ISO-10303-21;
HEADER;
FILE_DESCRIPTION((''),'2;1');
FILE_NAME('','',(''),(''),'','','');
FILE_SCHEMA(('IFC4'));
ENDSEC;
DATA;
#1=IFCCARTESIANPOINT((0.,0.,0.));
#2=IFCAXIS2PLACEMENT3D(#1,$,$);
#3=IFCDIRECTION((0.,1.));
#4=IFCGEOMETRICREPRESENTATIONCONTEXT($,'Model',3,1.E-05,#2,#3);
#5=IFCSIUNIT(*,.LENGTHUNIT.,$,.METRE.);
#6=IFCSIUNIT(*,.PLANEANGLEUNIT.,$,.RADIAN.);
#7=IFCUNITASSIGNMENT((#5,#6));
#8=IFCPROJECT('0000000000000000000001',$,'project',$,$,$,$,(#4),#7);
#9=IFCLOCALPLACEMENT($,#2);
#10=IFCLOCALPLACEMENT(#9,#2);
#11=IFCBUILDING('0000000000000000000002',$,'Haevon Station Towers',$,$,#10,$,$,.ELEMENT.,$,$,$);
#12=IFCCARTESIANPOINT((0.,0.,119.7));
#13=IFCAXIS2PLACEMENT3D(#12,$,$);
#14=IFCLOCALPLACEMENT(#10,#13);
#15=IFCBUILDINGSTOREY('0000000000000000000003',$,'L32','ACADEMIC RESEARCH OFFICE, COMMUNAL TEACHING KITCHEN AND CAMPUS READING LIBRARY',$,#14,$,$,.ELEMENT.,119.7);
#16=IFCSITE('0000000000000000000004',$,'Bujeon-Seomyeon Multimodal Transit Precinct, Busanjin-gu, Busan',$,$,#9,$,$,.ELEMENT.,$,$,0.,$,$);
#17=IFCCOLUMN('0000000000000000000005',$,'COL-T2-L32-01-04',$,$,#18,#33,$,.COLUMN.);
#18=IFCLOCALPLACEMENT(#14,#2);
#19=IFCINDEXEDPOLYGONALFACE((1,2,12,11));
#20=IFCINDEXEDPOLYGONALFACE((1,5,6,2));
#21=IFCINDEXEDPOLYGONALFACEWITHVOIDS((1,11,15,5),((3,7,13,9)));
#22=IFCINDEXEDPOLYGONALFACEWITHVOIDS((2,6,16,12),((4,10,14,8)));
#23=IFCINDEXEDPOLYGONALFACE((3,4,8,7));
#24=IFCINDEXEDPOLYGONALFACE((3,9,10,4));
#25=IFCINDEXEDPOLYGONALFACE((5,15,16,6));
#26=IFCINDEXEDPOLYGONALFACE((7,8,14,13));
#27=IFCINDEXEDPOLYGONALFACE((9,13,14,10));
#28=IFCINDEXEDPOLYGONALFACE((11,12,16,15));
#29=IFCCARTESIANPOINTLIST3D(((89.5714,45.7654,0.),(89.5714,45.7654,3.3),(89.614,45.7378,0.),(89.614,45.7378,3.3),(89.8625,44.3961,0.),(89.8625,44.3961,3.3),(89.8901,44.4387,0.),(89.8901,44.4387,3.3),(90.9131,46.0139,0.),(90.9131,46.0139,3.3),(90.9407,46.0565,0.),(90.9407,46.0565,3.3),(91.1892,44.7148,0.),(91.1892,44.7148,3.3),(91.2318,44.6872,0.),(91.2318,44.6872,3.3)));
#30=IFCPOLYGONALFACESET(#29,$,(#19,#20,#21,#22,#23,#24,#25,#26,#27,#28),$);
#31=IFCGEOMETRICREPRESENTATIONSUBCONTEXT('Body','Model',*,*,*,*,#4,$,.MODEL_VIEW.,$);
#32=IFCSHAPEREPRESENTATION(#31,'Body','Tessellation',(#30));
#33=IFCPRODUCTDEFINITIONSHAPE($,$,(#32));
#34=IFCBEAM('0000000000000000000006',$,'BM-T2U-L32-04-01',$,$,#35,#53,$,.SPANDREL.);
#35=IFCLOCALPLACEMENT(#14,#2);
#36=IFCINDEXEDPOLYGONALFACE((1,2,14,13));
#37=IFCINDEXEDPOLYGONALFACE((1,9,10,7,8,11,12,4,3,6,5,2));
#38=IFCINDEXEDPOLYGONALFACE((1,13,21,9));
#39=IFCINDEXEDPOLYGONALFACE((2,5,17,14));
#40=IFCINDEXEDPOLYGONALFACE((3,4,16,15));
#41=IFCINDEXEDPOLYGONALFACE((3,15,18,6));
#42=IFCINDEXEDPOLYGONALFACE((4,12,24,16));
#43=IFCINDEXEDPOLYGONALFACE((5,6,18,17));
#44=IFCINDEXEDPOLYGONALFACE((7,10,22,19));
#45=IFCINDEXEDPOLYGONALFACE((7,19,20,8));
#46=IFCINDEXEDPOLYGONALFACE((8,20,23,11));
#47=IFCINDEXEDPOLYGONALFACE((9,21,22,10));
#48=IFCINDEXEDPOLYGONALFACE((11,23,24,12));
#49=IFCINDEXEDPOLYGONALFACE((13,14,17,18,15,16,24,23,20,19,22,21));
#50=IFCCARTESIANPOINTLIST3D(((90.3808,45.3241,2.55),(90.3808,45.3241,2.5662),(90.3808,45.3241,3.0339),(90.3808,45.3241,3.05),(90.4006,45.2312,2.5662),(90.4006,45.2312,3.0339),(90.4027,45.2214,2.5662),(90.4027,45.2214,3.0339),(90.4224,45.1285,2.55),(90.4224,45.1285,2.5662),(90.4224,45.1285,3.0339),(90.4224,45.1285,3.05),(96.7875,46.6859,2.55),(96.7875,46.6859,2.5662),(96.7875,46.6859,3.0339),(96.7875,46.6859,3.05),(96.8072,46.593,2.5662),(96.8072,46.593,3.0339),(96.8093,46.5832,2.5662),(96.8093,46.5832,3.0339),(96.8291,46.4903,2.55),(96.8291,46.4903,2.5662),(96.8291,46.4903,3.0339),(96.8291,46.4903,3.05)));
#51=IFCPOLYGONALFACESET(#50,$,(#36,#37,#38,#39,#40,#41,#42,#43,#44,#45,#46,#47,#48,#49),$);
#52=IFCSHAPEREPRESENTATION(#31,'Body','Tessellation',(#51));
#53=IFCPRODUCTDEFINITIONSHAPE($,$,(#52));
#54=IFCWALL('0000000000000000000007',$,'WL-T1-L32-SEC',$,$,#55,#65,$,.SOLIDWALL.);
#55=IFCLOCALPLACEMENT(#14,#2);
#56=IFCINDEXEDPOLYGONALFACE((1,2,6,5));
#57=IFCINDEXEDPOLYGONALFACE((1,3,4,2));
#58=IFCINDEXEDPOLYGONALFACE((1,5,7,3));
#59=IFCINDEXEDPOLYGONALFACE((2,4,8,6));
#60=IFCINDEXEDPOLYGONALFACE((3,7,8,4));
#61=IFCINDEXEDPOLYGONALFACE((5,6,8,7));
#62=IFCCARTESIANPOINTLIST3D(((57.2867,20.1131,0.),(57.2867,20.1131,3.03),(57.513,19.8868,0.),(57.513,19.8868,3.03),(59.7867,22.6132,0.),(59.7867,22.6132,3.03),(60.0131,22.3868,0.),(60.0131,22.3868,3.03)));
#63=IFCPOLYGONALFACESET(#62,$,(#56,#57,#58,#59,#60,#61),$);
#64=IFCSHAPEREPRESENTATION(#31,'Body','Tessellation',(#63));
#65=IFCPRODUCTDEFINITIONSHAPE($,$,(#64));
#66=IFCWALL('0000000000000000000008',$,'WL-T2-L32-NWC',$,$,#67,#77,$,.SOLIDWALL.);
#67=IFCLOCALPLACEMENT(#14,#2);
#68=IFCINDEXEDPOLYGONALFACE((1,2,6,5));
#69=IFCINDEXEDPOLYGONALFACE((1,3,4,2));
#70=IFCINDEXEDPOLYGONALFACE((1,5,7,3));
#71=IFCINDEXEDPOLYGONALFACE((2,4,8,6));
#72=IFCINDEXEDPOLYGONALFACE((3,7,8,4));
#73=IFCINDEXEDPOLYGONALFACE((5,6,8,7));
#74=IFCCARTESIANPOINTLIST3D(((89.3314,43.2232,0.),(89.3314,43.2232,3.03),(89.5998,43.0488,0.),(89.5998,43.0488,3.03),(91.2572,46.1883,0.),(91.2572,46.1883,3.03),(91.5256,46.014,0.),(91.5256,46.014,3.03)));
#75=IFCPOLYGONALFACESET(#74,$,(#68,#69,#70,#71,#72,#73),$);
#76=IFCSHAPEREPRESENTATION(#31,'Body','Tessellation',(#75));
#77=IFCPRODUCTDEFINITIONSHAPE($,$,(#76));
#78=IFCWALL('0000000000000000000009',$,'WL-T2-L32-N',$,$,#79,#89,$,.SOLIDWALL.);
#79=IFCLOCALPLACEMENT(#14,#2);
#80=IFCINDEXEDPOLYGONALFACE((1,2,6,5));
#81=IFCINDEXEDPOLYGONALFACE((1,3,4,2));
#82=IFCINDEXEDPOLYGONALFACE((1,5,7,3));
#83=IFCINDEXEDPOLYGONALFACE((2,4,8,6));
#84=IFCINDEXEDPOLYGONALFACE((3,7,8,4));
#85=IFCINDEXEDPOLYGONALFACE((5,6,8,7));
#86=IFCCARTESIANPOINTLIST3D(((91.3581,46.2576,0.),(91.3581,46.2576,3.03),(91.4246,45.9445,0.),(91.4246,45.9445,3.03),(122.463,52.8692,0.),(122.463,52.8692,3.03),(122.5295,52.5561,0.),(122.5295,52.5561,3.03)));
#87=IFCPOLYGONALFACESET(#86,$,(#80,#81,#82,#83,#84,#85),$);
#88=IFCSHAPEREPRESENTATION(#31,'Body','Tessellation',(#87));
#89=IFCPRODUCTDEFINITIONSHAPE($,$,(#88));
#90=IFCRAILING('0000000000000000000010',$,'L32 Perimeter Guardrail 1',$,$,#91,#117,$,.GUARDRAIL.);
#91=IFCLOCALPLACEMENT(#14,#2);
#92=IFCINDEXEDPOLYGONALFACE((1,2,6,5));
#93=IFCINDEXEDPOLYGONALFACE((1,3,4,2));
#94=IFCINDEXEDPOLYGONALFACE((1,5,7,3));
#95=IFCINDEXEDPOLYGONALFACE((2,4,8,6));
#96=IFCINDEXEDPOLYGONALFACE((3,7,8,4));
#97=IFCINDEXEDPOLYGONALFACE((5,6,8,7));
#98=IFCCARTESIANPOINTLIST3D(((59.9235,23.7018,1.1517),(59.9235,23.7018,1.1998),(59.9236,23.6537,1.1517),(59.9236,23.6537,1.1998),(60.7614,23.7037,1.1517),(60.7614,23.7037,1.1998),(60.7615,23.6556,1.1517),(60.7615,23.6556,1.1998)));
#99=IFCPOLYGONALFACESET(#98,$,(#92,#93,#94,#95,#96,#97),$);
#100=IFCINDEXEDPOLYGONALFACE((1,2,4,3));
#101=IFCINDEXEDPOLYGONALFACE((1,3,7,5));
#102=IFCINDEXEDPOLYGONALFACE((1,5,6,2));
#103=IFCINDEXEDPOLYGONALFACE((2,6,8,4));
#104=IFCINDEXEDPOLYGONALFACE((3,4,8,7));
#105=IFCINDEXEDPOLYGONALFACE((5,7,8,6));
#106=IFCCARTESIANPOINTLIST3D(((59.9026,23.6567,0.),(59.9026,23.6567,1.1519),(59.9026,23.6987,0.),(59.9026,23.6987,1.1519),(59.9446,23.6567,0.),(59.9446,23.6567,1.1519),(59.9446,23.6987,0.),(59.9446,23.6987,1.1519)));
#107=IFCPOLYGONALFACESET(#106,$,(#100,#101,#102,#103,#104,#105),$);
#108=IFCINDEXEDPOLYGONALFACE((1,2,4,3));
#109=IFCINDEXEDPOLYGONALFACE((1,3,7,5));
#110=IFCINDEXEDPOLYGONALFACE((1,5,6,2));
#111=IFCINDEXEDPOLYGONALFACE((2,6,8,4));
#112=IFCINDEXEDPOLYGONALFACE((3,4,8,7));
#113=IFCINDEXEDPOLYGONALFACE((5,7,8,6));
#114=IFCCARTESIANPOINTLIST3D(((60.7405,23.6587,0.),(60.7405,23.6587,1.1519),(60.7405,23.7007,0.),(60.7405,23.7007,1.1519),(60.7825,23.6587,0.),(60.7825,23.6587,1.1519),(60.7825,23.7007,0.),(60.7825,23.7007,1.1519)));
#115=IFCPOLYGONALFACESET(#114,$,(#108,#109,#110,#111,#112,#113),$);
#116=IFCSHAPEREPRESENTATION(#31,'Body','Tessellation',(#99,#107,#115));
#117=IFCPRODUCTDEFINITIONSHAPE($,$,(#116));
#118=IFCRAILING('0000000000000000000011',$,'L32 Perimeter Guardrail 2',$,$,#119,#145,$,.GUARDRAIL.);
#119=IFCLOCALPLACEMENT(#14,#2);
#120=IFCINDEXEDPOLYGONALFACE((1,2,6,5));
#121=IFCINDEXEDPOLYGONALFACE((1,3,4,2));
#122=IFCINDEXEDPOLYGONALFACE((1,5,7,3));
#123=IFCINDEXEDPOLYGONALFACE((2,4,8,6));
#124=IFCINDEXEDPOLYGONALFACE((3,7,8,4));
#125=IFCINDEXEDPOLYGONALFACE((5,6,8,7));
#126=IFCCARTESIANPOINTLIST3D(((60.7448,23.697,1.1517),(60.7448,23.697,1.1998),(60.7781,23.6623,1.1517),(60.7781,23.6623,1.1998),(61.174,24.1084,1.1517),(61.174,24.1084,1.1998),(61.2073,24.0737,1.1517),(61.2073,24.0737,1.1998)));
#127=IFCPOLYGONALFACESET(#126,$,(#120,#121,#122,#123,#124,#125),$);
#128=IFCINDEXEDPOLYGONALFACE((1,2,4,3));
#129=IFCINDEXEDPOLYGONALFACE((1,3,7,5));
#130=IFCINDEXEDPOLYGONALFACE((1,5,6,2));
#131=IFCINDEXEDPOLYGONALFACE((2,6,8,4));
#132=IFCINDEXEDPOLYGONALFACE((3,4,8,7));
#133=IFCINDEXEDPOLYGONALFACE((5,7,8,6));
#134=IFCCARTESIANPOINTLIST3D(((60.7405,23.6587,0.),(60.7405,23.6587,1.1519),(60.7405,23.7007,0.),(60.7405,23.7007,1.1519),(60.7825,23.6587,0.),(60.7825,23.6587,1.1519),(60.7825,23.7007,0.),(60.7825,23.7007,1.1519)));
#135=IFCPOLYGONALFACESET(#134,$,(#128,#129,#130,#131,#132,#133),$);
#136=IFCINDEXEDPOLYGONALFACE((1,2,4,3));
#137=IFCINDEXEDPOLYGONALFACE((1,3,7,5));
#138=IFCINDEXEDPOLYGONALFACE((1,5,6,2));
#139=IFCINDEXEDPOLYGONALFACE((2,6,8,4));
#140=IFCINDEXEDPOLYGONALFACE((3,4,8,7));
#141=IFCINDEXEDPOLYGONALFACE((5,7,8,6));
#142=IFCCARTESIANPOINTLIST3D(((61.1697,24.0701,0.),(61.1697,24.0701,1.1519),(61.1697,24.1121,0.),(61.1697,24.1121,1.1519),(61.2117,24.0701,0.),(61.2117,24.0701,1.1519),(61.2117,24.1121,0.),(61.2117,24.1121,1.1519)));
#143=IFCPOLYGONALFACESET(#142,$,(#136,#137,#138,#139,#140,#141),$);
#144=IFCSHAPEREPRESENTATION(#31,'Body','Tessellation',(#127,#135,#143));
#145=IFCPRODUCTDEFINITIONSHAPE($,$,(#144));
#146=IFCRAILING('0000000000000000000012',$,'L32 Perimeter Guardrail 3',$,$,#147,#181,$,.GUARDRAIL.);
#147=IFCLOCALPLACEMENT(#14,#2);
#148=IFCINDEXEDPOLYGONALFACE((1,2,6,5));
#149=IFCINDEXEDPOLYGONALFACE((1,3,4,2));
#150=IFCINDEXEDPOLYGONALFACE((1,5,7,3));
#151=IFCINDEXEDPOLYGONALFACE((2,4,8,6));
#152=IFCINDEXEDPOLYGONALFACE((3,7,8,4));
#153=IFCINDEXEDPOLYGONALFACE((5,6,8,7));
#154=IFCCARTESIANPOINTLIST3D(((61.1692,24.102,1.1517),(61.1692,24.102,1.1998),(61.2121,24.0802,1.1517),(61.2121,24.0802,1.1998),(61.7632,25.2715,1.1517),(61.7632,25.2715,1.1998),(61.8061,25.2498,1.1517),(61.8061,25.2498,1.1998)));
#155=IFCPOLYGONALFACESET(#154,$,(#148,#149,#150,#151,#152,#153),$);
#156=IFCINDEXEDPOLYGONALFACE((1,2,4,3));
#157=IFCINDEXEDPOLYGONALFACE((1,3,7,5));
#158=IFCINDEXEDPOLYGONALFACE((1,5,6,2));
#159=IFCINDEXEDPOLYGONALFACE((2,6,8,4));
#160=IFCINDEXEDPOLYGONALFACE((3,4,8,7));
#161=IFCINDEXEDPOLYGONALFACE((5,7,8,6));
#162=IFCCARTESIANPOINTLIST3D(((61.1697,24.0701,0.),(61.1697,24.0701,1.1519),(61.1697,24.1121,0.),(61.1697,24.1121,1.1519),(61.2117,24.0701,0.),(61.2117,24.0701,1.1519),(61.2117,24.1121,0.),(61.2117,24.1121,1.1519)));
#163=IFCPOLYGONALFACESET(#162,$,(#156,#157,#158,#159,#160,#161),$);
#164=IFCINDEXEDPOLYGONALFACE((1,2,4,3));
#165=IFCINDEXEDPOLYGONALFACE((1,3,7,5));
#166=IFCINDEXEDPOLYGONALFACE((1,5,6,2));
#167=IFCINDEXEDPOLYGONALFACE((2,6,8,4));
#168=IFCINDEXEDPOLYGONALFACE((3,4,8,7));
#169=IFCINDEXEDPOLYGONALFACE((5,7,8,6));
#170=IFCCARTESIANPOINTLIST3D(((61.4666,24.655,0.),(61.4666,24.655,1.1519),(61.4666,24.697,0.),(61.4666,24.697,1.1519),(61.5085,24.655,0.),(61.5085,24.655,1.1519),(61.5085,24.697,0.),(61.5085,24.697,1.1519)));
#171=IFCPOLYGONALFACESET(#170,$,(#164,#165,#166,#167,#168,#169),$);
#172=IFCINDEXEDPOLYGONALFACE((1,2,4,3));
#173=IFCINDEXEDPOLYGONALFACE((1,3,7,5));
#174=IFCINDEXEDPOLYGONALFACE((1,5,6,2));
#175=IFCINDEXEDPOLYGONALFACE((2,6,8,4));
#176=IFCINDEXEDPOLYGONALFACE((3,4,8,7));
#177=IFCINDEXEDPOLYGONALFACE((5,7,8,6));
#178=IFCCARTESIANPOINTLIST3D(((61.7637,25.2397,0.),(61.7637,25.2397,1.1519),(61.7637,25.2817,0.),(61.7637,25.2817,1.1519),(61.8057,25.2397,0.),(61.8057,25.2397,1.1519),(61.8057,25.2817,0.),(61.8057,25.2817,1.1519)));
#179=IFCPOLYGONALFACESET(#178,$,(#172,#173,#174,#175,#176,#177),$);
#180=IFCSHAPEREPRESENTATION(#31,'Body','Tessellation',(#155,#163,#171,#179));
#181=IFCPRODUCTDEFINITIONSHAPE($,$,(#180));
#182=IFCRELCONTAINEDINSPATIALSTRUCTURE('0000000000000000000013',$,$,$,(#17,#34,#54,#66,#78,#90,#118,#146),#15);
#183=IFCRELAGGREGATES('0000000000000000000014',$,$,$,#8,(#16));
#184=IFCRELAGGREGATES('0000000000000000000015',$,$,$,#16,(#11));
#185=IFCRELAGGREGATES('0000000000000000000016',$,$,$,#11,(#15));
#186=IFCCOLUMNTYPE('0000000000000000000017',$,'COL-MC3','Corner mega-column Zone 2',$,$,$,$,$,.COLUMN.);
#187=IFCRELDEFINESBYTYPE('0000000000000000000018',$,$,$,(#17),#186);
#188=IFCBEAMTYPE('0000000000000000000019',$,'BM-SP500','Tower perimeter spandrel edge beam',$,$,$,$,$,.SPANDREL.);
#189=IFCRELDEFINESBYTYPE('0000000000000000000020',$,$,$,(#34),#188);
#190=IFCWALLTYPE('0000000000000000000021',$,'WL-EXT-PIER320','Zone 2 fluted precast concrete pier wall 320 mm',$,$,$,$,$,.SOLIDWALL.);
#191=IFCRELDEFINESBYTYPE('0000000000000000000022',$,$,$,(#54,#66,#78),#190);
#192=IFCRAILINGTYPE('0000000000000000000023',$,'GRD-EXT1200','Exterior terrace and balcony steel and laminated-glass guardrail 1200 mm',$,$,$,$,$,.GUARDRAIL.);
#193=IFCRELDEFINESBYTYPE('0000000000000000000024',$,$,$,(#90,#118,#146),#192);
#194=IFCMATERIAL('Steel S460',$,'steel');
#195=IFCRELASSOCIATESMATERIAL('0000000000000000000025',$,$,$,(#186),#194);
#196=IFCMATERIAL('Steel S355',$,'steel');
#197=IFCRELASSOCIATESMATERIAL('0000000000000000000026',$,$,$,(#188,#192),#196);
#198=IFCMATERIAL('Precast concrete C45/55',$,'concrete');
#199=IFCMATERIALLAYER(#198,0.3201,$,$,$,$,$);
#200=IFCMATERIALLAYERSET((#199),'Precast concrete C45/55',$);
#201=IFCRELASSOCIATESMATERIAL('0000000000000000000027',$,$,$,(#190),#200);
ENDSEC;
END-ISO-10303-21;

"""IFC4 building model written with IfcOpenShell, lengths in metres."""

from ifc_helpers import new_model, si_unit, direction, frame, frame_2d, origin, origin_2d, place, context, subcontext, project, spatial, rectangle, hollow_rectangle, i_section, extrude, material, layer, layer_set, material_profile, profile_set, type_object, element, save


model = new_model("IFC4")

# Units and contexts
model_context = context("Model", 3, precision=1e-05, world=origin(), true_north=direction((0.0, 1.0)))
body_context = subcontext(model_context, "Body", "Model", "MODEL_VIEW")
ifc_project = project(units=[si_unit("LENGTHUNIT", "METRE"), si_unit("PLANEANGLEUNIT", "RADIAN")], contexts=[model_context])

# Site, building, storey
site_placement = place(None, origin())
site = spatial("IfcSite", under=ifc_project, at=site_placement, Name="Bujeon-Seomyeon Multimodal Transit Precinct, Busanjin-gu, Busan", CompositionType="ELEMENT", RefElevation=0.0)
building_placement = place(site_placement, origin())
building = spatial("IfcBuilding", under=site, at=building_placement, Name="Haevon Station Towers", CompositionType="ELEMENT")
storey_placement = place(building_placement, frame((0.0, 0.0, 119.7)))
storey = spatial("IfcBuildingStorey", under=building, at=storey_placement, Name="L32", Description="ACADEMIC RESEARCH OFFICE, COMMUNAL TEACHING KITCHEN AND CAMPUS READING LIBRARY", CompositionType="ELEMENT", Elevation=119.7)

# Column
ifc_material_1 = material(Name="Steel S460", Category="steel")
ifc_material_profile_1 = material_profile(ifc_material_1, hollow_rectangle(XDim=1.3999, YDim=1.3999, WallThickness=0.0359, at=origin_2d()), Name="BOX-1400x1400x36")
ifc_profile_set_1 = profile_set([ifc_material_profile_1], Name="Steel S460")
column_type = type_object("IfcColumnType", Name="COL-MC3", Description="Corner mega-column Zone 2", PredefinedType="COLUMN", material=ifc_profile_set_1)
column_placement = place(storey_placement, frame((90.4016, 45.2263, 0.0), z_axis=(0.0, 0.0, 1.0), x_axis=(0.978148, 0.207912, 0.0)))
element("IfcColumn", 1, at=column_placement, inside=storey, type_object=column_type, Name="COL-T2-L32-01-04", PredefinedType="COLUMN", context=body_context, shape_type="SweptSolid", body=[
    extrude(hollow_rectangle(XDim=1.3999, YDim=1.3999, WallThickness=0.0359, at=origin_2d()), origin(), (0.0, 0.0, 1.0), 3.3),
])

# Beam
ifc_material_2 = material(Name="Steel S355", Category="steel")
ifc_material_profile_2 = material_profile(ifc_material_2, i_section(OverallWidth=0.2, OverallDepth=0.5, WebThickness=0.01, FlangeThickness=0.0161, at=origin_2d()), Name="H-500x200x10x16")
ifc_profile_set_2 = profile_set([ifc_material_profile_2], Name="Steel S355")
beam_type = type_object("IfcBeamType", Name="BM-SP500", Description="Tower perimeter spandrel edge beam", PredefinedType="SPANDREL", material=ifc_profile_set_2)
beam_placement = place(storey_placement, frame((90.4016, 45.2263, 2.8), z_axis=(0.978147, 0.207915, 0.0), x_axis=(-0.207915, 0.978147, 0.0)))
element("IfcBeam", 2, at=beam_placement, inside=storey, type_object=beam_type, Name="BM-T2U-L32-04-01", PredefinedType="SPANDREL", context=body_context, shape_type="SweptSolid", body=[
    extrude(i_section(OverallWidth=0.2, OverallDepth=0.5, WebThickness=0.01, FlangeThickness=0.0161, at=origin_2d()), origin(), (0.0, 0.0, 1.0), 6.5498),
])

# Walls
ifc_material_3 = material(Name="Precast concrete C45/55", Category="concrete")
ifc_layer_1 = layer(ifc_material_3, 0.3201)
ifc_layer_set_1 = layer_set([ifc_layer_1], Name="Precast concrete C45/55")
wall_type = type_object("IfcWallType", Name="WL-EXT-PIER320", Description="Zone 2 fluted precast concrete pier wall 320 mm", PredefinedType="SOLIDWALL", material=ifc_layer_set_1)
for number, where, z_axis, x_axis, name in (
    (3, (59.8999, 22.5, 0.0), (0.0, 0.0, 1.0), (-0.707107, -0.707107, 0.0), "WL-T1-L32-SEC"),
    (4, (89.4656, 43.136, 0.0), (0.0, 0.0, 1.0), (0.544685, 0.838641, 0.0), "WL-T2-L32-NWC"),
):
    element("IfcWall", number, at=place(storey_placement, frame(where, z_axis=z_axis, x_axis=x_axis)), inside=storey, type_object=wall_type, Name=name, PredefinedType="SOLIDWALL", context=body_context, shape_type="SweptSolid", body=[
        extrude(rectangle(XDim=3.5356, YDim=0.3201, at=frame_2d((1.7678, 0.0))), origin(), (0.0, 0.0, 1.0), 3.03),
    ])
wall_placement = place(storey_placement, frame((91.3914, 46.1011, 0.0), z_axis=(0.0, 0.0, 1.0), x_axis=(0.978148, 0.207912, 0.0)))
element("IfcWall", 5, at=wall_placement, inside=storey, type_object=wall_type, Name="WL-T2-L32-N", PredefinedType="SOLIDWALL", context=body_context, shape_type="SweptSolid", body=[
    extrude(rectangle(XDim=31.7998, YDim=0.3201, at=frame_2d((15.8999, 0.0))), origin(), (0.0, 0.0, 1.0), 3.03),
])

# Railings
railing_type = type_object("IfcRailingType", Name="GRD-EXT1200", Description="Exterior terrace and balcony steel and laminated-glass guardrail 1200 mm", PredefinedType="GUARDRAIL", material=ifc_material_2)
railing_1_placement = place(storey_placement, frame((59.9236, 23.6777, 0.0)))
element("IfcRailing", 6, at=railing_1_placement, inside=storey, type_object=railing_type, Name="L32 Perimeter Guardrail 1", PredefinedType="GUARDRAIL", context=body_context, shape_type="SweptSolid", body=[
    extrude(rectangle(XDim=0.0481, YDim=0.0481, at=origin_2d()), frame((0.0, 0.0, 1.1758), z_axis=(0.999997, 0.002331, 0.0), x_axis=(-0.002331, 0.999997, 0.0)), (0.0, 0.0, 1.0), 0.8379),
    extrude(rectangle(XDim=0.042, YDim=0.042, at=origin_2d()), origin(), (0.0, 0.0, 1.0), 1.1519),
    extrude(rectangle(XDim=0.042, YDim=0.042, at=origin_2d()), frame((0.8379, 0.002, 0.0)), (0.0, 0.0, 1.0), 1.1519),
])
railing_2_placement = place(storey_placement, frame((60.7615, 23.6797, 0.0)))
element("IfcRailing", 7, at=railing_2_placement, inside=storey, type_object=railing_type, Name="L32 Perimeter Guardrail 2", PredefinedType="GUARDRAIL", context=body_context, shape_type="SweptSolid", body=[
    extrude(rectangle(XDim=0.0481, YDim=0.0481, at=origin_2d()), frame((0.0, 0.0, 1.1758), z_axis=(0.721937, 0.691959, 0.0), x_axis=(-0.691959, 0.721937, 0.0)), (0.0, 0.0, 1.0), 0.5945),
    extrude(rectangle(XDim=0.042, YDim=0.042, at=origin_2d()), origin(), (0.0, 0.0, 1.0), 1.1519),
    extrude(rectangle(XDim=0.042, YDim=0.042, at=origin_2d()), frame((0.4292, 0.4114, 0.0)), (0.0, 0.0, 1.0), 1.1519),
])
railing_3_placement = place(storey_placement, frame((61.1907, 24.0911, 0.0)))
element("IfcRailing", 8, at=railing_3_placement, inside=storey, type_object=railing_type, Name="L32 Perimeter Guardrail 3", PredefinedType="GUARDRAIL", context=body_context, shape_type="SweptSolid", body=[
    extrude(rectangle(XDim=0.0481, YDim=0.0481, at=origin_2d()), frame((0.0, 0.0, 1.1758), z_axis=(0.452788, 0.891618, 0.0), x_axis=(-0.891618, 0.452788, 0.0)), (0.0, 0.0, 1.0), 1.3118),
    extrude(rectangle(XDim=0.042, YDim=0.042, at=origin_2d()), origin(), (0.0, 0.0, 1.0), 1.1519),
    extrude(rectangle(XDim=0.042, YDim=0.042, at=origin_2d()), frame((0.2969, 0.585, 0.0)), (0.0, 0.0, 1.0), 1.1519),
    extrude(rectangle(XDim=0.042, YDim=0.042, at=origin_2d()), frame((0.594, 1.1697, 0.0)), (0.0, 0.0, 1.0), 1.1519),
])

save(model, "model.ifc")
